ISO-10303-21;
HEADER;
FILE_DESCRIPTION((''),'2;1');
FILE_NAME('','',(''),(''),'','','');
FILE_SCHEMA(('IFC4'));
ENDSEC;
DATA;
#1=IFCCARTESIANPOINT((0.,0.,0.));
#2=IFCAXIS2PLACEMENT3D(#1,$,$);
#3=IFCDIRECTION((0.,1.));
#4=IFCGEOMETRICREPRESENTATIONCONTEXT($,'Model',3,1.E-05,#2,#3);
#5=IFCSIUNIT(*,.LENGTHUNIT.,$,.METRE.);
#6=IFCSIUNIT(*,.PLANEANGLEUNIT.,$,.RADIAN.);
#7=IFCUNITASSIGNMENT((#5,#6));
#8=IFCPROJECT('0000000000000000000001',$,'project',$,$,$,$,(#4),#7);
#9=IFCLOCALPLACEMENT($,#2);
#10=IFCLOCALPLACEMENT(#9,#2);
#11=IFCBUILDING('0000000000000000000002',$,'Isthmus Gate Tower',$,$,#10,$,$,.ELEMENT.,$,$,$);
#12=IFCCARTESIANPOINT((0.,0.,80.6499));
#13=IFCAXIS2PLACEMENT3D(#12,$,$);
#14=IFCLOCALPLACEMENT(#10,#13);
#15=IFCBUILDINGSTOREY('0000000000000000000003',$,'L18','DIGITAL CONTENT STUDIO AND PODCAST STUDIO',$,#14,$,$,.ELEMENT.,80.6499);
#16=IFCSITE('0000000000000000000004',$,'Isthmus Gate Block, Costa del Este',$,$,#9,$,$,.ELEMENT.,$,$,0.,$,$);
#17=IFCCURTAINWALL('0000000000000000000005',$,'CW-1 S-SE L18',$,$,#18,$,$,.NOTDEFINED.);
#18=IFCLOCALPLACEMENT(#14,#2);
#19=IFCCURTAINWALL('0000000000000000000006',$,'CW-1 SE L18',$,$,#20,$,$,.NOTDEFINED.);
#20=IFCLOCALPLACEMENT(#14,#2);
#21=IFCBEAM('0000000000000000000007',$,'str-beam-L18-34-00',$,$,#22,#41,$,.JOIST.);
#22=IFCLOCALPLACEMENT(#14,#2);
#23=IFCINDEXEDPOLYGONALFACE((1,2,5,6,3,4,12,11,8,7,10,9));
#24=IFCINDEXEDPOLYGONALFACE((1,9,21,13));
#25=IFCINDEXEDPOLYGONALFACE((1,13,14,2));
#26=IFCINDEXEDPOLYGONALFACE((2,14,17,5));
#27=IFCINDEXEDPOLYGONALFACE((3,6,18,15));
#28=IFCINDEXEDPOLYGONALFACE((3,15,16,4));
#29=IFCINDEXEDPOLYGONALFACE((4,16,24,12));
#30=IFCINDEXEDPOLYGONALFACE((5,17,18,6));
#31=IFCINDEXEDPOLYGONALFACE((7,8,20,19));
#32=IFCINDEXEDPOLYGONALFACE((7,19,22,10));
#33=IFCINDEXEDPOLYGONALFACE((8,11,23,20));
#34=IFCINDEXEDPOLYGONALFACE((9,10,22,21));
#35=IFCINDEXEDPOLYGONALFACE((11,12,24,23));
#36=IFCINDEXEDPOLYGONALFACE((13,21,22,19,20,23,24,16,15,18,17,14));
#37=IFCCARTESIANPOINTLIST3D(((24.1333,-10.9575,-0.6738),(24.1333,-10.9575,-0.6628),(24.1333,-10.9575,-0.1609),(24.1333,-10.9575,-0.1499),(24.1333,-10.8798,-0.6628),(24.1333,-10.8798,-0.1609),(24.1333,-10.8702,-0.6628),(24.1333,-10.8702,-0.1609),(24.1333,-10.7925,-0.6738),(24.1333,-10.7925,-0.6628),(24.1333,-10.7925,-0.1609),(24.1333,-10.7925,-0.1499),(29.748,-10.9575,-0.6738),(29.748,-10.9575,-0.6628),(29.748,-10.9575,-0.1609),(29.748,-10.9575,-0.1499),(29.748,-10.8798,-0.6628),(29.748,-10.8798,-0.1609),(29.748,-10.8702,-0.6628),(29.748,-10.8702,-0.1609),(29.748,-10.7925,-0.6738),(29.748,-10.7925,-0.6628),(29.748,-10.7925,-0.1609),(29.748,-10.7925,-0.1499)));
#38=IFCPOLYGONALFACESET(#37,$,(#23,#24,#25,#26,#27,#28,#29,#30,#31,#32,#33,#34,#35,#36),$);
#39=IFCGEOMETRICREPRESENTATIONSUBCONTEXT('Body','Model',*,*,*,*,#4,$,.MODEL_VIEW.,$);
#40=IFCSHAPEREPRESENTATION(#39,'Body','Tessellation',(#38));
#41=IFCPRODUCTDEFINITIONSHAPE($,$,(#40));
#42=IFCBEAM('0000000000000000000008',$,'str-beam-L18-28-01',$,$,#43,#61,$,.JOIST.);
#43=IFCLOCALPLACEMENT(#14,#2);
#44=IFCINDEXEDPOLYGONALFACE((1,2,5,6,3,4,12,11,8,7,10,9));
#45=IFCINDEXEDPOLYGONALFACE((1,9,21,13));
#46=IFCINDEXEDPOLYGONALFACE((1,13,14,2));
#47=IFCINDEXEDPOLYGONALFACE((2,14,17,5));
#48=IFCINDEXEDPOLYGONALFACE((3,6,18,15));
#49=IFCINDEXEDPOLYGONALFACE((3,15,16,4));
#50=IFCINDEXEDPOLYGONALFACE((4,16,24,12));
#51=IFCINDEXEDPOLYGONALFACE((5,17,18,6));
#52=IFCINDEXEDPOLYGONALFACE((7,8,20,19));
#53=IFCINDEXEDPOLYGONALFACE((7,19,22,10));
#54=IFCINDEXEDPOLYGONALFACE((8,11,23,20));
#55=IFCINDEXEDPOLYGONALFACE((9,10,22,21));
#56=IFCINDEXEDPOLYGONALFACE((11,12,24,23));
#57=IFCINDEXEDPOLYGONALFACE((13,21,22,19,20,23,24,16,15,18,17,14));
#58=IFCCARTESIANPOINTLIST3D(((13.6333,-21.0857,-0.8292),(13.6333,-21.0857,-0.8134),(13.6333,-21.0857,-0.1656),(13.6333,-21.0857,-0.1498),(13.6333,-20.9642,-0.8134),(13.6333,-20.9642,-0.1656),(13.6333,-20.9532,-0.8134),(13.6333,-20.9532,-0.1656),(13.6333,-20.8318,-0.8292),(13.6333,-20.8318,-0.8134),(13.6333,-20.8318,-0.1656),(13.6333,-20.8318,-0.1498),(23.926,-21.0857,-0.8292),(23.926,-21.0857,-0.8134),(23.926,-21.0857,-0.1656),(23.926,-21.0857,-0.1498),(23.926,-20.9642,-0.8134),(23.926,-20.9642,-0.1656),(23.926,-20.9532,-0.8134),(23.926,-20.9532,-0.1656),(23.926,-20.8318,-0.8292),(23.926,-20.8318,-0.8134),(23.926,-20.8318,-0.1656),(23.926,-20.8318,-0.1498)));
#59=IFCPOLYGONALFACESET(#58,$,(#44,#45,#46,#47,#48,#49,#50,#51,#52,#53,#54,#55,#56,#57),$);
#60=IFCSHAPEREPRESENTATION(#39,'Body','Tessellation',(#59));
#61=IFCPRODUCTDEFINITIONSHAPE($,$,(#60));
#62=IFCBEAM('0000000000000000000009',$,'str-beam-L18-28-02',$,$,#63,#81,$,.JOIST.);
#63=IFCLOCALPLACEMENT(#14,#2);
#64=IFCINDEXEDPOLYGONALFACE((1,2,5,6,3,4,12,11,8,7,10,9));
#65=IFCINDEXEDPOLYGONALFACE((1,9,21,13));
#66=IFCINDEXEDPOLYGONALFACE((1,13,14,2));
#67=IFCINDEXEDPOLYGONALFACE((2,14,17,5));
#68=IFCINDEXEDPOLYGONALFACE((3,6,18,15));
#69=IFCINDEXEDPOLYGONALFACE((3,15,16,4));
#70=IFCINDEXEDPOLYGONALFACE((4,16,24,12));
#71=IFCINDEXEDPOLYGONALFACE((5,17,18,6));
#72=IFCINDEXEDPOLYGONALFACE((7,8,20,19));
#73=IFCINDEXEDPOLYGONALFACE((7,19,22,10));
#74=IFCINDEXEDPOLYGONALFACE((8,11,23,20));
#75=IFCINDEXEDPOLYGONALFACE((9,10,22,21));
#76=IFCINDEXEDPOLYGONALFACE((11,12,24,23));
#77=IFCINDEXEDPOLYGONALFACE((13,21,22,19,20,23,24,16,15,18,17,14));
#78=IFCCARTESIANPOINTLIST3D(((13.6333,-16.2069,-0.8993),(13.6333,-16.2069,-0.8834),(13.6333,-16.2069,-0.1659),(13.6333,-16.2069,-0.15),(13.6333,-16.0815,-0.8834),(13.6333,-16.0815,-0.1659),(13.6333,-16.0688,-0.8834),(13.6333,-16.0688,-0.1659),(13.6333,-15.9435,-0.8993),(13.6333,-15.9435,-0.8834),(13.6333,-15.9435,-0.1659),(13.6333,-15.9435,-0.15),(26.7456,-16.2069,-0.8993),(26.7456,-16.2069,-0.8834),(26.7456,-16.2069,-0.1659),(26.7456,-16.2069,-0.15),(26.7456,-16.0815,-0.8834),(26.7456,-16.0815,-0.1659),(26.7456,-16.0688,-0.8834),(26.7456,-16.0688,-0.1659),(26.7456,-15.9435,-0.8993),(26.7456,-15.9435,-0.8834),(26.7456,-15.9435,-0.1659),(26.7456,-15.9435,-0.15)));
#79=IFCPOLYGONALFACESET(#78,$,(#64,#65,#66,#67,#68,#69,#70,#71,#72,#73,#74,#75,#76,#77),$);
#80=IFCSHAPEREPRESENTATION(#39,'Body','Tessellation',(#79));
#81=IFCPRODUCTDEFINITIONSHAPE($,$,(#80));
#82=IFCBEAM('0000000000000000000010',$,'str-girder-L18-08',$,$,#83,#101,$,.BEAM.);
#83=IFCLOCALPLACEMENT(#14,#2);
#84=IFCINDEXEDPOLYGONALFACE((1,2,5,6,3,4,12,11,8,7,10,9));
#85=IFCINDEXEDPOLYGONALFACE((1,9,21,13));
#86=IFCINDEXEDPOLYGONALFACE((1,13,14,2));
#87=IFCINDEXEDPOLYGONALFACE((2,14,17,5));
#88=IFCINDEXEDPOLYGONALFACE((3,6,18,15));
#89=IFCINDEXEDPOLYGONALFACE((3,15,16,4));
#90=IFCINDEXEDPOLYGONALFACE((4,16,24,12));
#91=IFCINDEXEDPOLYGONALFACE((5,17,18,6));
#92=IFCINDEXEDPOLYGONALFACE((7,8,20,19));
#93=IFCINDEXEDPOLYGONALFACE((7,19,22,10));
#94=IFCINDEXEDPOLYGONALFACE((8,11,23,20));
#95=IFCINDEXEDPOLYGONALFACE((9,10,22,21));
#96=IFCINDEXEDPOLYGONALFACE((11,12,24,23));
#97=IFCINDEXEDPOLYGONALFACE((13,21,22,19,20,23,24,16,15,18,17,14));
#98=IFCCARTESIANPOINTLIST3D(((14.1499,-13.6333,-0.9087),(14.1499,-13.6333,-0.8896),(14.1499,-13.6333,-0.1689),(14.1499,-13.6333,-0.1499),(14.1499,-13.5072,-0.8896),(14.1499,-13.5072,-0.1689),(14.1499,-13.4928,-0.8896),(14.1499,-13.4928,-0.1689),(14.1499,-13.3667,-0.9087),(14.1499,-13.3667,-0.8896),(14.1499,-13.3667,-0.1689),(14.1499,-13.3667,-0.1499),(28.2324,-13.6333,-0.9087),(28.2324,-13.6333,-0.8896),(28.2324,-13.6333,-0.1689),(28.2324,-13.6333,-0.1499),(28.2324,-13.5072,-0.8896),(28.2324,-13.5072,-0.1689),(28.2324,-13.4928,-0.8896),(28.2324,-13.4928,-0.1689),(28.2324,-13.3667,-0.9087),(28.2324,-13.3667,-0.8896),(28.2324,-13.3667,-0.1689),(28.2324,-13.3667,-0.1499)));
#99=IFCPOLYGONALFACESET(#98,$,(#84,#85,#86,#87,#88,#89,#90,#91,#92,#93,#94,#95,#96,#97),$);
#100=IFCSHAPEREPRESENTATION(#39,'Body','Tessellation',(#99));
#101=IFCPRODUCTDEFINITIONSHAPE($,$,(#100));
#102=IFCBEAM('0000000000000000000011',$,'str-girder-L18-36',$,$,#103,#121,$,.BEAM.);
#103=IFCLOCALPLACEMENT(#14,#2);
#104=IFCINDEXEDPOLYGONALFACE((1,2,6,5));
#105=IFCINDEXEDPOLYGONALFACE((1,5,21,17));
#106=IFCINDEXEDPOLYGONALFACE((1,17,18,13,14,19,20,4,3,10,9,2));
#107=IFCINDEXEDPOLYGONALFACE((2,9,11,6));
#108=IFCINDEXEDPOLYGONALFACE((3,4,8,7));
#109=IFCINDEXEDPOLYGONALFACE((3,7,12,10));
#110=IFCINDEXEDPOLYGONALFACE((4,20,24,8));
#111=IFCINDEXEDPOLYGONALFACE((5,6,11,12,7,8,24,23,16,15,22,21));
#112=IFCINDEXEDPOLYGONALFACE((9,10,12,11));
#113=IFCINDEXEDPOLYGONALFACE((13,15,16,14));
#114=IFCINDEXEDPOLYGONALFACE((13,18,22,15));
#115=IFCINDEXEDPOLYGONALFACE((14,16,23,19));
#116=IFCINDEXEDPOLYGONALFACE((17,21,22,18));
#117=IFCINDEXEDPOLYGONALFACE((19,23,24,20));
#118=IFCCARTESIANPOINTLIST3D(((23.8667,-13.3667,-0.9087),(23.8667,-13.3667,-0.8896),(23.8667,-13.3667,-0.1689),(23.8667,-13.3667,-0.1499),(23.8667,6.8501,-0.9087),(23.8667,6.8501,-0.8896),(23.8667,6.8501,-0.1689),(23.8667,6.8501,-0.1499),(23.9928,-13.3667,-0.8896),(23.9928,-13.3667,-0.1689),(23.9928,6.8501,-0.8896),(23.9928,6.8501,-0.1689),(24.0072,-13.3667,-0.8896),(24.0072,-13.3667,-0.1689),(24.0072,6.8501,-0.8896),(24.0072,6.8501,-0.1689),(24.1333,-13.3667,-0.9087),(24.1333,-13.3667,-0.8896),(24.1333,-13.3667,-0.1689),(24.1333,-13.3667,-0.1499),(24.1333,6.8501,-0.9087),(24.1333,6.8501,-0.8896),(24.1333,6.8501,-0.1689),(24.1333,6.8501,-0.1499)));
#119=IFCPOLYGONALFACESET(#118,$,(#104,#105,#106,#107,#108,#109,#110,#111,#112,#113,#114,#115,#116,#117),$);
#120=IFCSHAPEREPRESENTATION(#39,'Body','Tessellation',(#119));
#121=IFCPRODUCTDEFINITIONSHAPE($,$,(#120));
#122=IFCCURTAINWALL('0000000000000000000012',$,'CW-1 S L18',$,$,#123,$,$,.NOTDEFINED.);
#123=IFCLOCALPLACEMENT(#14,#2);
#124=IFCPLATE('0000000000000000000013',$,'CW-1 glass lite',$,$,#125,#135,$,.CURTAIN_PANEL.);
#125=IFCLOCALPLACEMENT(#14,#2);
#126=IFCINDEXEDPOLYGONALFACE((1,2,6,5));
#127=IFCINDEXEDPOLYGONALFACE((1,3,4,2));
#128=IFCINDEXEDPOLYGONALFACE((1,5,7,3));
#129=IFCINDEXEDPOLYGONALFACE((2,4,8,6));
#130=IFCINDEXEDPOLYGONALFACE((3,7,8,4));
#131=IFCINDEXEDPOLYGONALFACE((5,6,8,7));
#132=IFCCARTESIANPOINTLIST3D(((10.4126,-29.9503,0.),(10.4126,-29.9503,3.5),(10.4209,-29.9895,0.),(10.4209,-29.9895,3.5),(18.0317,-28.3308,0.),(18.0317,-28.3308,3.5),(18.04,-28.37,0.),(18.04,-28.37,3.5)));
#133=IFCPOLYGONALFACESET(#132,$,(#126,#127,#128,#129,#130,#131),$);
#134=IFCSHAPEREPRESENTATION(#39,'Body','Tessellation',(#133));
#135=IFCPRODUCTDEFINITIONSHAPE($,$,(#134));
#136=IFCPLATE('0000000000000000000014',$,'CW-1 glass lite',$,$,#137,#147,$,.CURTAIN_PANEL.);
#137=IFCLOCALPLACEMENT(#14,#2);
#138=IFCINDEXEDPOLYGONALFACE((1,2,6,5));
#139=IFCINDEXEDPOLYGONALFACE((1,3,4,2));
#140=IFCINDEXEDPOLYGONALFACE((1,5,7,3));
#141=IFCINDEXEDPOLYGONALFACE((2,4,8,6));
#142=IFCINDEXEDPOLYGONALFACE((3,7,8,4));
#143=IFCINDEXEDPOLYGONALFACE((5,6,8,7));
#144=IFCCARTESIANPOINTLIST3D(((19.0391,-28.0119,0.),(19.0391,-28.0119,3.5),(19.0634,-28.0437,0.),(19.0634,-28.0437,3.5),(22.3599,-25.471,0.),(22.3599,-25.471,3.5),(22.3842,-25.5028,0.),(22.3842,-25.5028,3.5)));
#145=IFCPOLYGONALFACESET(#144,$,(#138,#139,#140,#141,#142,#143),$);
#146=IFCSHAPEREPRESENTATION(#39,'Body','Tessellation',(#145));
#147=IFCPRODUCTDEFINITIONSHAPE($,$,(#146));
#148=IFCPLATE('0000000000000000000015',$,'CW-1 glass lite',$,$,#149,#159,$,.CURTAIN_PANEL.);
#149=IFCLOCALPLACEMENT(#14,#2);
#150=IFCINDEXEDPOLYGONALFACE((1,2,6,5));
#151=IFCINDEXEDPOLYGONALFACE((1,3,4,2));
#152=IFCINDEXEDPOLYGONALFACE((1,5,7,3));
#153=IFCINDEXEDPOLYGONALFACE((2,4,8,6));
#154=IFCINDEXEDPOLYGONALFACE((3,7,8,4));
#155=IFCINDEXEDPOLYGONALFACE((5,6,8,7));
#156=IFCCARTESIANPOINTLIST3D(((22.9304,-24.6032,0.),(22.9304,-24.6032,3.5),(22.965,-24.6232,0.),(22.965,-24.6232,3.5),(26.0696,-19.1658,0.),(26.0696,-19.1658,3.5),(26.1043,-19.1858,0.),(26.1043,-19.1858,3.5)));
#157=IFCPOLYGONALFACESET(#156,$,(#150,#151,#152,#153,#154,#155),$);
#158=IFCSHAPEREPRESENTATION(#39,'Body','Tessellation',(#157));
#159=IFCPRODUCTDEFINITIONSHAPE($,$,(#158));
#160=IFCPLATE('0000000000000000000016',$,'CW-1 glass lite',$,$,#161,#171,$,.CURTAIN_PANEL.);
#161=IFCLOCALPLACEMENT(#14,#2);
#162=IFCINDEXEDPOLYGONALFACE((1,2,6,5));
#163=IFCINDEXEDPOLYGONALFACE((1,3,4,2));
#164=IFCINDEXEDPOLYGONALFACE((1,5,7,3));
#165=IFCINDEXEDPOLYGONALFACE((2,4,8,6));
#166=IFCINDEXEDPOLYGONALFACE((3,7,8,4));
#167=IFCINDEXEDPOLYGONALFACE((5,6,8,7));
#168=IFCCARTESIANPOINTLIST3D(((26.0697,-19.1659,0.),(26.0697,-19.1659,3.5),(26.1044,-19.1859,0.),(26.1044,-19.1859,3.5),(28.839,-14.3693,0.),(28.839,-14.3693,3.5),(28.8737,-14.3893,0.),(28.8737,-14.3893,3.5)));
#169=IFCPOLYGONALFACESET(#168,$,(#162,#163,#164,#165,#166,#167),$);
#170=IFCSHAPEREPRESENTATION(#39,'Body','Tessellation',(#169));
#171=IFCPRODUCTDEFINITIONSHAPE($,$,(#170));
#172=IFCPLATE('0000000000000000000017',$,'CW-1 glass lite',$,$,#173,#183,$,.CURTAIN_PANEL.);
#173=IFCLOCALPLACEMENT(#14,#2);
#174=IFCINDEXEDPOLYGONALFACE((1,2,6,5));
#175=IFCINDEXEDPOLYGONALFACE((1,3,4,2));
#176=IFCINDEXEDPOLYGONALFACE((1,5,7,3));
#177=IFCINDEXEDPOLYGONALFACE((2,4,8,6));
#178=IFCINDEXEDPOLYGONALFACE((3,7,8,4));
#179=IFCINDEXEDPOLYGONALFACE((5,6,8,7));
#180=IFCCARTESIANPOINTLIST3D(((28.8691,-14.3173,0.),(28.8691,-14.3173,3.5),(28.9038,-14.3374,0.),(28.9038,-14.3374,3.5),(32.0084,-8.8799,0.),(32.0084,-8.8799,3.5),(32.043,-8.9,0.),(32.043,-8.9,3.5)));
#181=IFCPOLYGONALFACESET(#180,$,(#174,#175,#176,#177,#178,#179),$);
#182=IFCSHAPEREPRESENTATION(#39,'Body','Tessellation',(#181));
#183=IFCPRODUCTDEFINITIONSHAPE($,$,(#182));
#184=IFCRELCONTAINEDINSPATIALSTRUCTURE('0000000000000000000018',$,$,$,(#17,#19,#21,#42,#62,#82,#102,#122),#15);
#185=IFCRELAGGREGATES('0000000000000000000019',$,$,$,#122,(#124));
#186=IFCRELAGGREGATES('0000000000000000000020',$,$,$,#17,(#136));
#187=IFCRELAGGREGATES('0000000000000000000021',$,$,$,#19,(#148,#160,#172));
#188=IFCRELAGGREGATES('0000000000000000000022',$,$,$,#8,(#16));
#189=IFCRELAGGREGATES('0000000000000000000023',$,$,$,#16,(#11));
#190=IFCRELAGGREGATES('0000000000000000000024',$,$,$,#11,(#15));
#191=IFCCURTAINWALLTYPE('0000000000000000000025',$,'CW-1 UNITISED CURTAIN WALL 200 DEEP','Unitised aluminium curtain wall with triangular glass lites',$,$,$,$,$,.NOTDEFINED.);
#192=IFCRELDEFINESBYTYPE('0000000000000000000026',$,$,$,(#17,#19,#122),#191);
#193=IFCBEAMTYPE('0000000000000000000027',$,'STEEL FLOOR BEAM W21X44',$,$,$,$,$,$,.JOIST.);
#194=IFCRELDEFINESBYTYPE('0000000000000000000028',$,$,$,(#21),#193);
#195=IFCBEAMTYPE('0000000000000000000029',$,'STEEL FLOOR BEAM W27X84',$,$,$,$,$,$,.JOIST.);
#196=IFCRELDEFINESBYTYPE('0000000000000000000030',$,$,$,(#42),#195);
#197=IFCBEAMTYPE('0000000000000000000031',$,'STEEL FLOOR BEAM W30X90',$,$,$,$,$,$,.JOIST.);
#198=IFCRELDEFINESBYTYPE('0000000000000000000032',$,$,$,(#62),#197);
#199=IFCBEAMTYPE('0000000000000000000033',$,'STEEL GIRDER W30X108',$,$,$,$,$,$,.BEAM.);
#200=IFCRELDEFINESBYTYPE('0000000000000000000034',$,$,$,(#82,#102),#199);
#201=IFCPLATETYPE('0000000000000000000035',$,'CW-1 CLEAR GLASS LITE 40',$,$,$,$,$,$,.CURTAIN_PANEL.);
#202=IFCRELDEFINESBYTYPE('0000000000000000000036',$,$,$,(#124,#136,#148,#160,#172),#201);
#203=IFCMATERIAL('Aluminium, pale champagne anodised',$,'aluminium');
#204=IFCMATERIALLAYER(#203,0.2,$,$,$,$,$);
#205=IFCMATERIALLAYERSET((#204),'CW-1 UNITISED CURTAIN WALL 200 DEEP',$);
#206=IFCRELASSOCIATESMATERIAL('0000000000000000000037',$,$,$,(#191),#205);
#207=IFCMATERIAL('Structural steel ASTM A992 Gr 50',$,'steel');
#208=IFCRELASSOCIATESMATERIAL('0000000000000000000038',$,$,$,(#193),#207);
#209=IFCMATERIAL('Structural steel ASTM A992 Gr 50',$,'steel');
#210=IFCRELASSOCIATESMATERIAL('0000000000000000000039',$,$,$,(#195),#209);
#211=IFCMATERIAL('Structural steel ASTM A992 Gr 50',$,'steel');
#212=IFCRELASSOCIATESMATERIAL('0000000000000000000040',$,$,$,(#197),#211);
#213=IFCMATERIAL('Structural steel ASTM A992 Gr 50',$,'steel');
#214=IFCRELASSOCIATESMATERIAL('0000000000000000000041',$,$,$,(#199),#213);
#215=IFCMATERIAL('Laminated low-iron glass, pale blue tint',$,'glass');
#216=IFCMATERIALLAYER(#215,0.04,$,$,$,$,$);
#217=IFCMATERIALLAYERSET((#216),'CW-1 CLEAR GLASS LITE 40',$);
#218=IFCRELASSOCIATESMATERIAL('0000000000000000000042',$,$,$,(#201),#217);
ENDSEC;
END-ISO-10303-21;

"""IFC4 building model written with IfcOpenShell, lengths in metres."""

from ifc_helpers import new_model, si_unit, direction, frame, origin, origin_2d, place, context, subcontext, project, spatial, rectangle, i_section, extrude, material, layer, layer_set, material_profile, profile_set, type_object, element, aggregate, save


model = new_model("IFC4")

# Units and contexts
model_context = context("Model", 3, precision=1e-05, world=origin(), true_north=direction((0.0, 1.0)))
body_context = subcontext(model_context, "Body", "Model", "MODEL_VIEW")
ifc_project = project(units=[si_unit("LENGTHUNIT", "METRE"), si_unit("PLANEANGLEUNIT", "RADIAN")], contexts=[model_context])

# Site, building, storey
site_placement = place(None, origin())
site = spatial("IfcSite", under=ifc_project, at=site_placement, Name="Isthmus Gate Block, Costa del Este", CompositionType="ELEMENT", RefElevation=0.0)
building_placement = place(site_placement, origin())
building = spatial("IfcBuilding", under=site, at=building_placement, Name="Isthmus Gate Tower", CompositionType="ELEMENT")
storey_placement = place(building_placement, frame((0.0, 0.0, 80.6499)))
storey = spatial("IfcBuildingStorey", under=building, at=storey_placement, Name="L18", Description="DIGITAL CONTENT STUDIO AND PODCAST STUDIO", CompositionType="ELEMENT", Elevation=80.6499)

# Curtain wall
ifc_material_1 = material(Name="Aluminium, pale champagne anodised", Category="aluminium")
ifc_layer_1 = layer(ifc_material_1, 0.2)
ifc_layer_set_1 = layer_set([ifc_layer_1], Name="CW-1 UNITISED CURTAIN WALL 200 DEEP")
curtain_wall_type = type_object("IfcCurtainWallType", Name="CW-1 UNITISED CURTAIN WALL 200 DEEP", Description="Unitised aluminium curtain wall with triangular glass lites", PredefinedType="NOTDEFINED", material=ifc_layer_set_1)
curtain_wall_1_placement = place(storey_placement, origin())
curtain_wall_1 = element("IfcCurtainWall", 1, at=curtain_wall_1_placement, inside=storey, type_object=curtain_wall_type, Name="CW-1 S-SE L18", PredefinedType="NOTDEFINED")

# Curtain wall
curtain_wall_2_placement = place(storey_placement, origin())
curtain_wall_2 = element("IfcCurtainWall", 2, at=curtain_wall_2_placement, inside=storey, type_object=curtain_wall_type, Name="CW-1 SE L18", PredefinedType="NOTDEFINED")

# Beams
ifc_material_2 = material(Name="Structural steel ASTM A992 Gr 50", Category="steel")
ifc_material_profile_1 = material_profile(ifc_material_2, i_section(OverallWidth=0.165, OverallDepth=0.5239, WebThickness=0.0095, FlangeThickness=0.011, at=origin_2d()), Name="W21X44")
ifc_profile_set_1 = profile_set([ifc_material_profile_1], Name="Structural steel ASTM A992 Gr 50")
beam_type_1 = type_object("IfcBeamType", Name="STEEL FLOOR BEAM W21X44", PredefinedType="JOIST", material=ifc_profile_set_1)
beam_1_placement = place(storey_placement, frame((24.1333, -10.875, -0.4119), z_axis=(1.0, 0.0, 0.0), x_axis=(0.0, 1.0, 0.0)))
element("IfcBeam", 3, at=beam_1_placement, inside=storey, type_object=beam_type_1, Name="str-beam-L18-34-00", PredefinedType="JOIST", context=body_context, shape_type="SweptSolid", body=[
    extrude(i_section(OverallWidth=0.165, OverallDepth=0.5239, WebThickness=0.0095, FlangeThickness=0.011, at=origin_2d()), origin(), (0.0, 0.0, 1.0), 5.6147),
])
ifc_material_3 = material(Name="Structural steel ASTM A992 Gr 50", Category="steel")
ifc_material_profile_2 = material_profile(ifc_material_3, i_section(OverallWidth=0.2539, OverallDepth=0.6794, WebThickness=0.011, FlangeThickness=0.0159, at=origin_2d()), Name="W27X84")
ifc_profile_set_2 = profile_set([ifc_material_profile_2], Name="Structural steel ASTM A992 Gr 50")
beam_type_2 = type_object("IfcBeamType", Name="STEEL FLOOR BEAM W27X84", PredefinedType="JOIST", material=ifc_profile_set_2)
beam_2_placement = place(storey_placement, frame((13.6333, -20.9587, -0.4895), z_axis=(1.0, 0.0, 0.0), x_axis=(0.0, 1.0, 0.0)))
element("IfcBeam", 4, at=beam_2_placement, inside=storey, type_object=beam_type_2, Name="str-beam-L18-28-01", PredefinedType="JOIST", context=body_context, shape_type="SweptSolid", body=[
    extrude(i_section(OverallWidth=0.2539, OverallDepth=0.6794, WebThickness=0.011, FlangeThickness=0.0159, at=origin_2d()), origin(), (0.0, 0.0, 1.0), 10.2927),
])
ifc_material_4 = material(Name="Structural steel ASTM A992 Gr 50", Category="steel")
ifc_material_profile_3 = material_profile(ifc_material_4, i_section(OverallWidth=0.2634, OverallDepth=0.7493, WebThickness=0.0127, FlangeThickness=0.0159, at=origin_2d()), Name="W30X90")
ifc_profile_set_3 = profile_set([ifc_material_profile_3], Name="Structural steel ASTM A992 Gr 50")
beam_type_3 = type_object("IfcBeamType", Name="STEEL FLOOR BEAM W30X90", PredefinedType="JOIST", material=ifc_profile_set_3)
beam_3_placement = place(storey_placement, frame((13.6333, -16.0752, -0.5247), z_axis=(1.0, 0.0, 0.0), x_axis=(0.0, 1.0, 0.0)))
element("IfcBeam", 5, at=beam_3_placement, inside=storey, type_object=beam_type_3, Name="str-beam-L18-28-02", PredefinedType="JOIST", context=body_context, shape_type="SweptSolid", body=[
    extrude(i_section(OverallWidth=0.2634, OverallDepth=0.7493, WebThickness=0.0127, FlangeThickness=0.0159, at=origin_2d()), origin(), (0.0, 0.0, 1.0), 13.1123),
])
ifc_material_5 = material(Name="Structural steel ASTM A992 Gr 50", Category="steel")
ifc_material_profile_4 = material_profile(ifc_material_5, i_section(OverallWidth=0.2666, OverallDepth=0.7588, WebThickness=0.0144, FlangeThickness=0.019, at=origin_2d()), Name="W30X108")
ifc_profile_set_4 = profile_set([ifc_material_profile_4], Name="Structural steel ASTM A992 Gr 50")
beam_type_4 = type_object("IfcBeamType", Name="STEEL GIRDER W30X108", PredefinedType="BEAM", material=ifc_profile_set_4)
beam_4_placement = place(storey_placement, frame((14.1499, -13.5, -0.5293), z_axis=(1.0, 0.0, 0.0), x_axis=(0.0, 1.0, 0.0)))
element("IfcBeam", 6, at=beam_4_placement, inside=storey, type_object=beam_type_4, Name="str-girder-L18-08", PredefinedType="BEAM", context=body_context, shape_type="SweptSolid", body=[
    extrude(i_section(OverallWidth=0.2666, OverallDepth=0.7588, WebThickness=0.0144, FlangeThickness=0.019, at=origin_2d()), origin(), (0.0, 0.0, 1.0), 14.0825),
])
beam_5_placement = place(storey_placement, frame((24.0, -13.3667, -0.5293), z_axis=(0.0, 1.0, 0.0), x_axis=(-1.0, 0.0, 0.0)))
element("IfcBeam", 7, at=beam_5_placement, inside=storey, type_object=beam_type_4, Name="str-girder-L18-36", PredefinedType="BEAM", context=body_context, shape_type="SweptSolid", body=[
    extrude(i_section(OverallWidth=0.2666, OverallDepth=0.7588, WebThickness=0.0144, FlangeThickness=0.019, at=origin_2d()), origin(), (0.0, 0.0, 1.0), 20.2168),
])

# Curtain wall, plate
curtain_wall_3_placement = place(storey_placement, origin())
curtain_wall_3 = element("IfcCurtainWall", 8, at=curtain_wall_3_placement, inside=storey, type_object=curtain_wall_type, Name="CW-1 S L18", PredefinedType="NOTDEFINED")
ifc_material_6 = material(Name="Laminated low-iron glass, pale blue tint", Category="glass")
ifc_layer_2 = layer(ifc_material_6, 0.04)
ifc_layer_set_2 = layer_set([ifc_layer_2], Name="CW-1 CLEAR GLASS LITE 40")
plate_type = type_object("IfcPlateType", Name="CW-1 CLEAR GLASS LITE 40", PredefinedType="CURTAIN_PANEL", material=ifc_layer_set_2)
plate_1_placement = place(storey_placement, frame((14.2263, -29.1602, 0.0), z_axis=(0.0, 0.0, 1.0), x_axis=(0.978148, 0.207912, 0.0)))
plate_1 = element("IfcPlate", 9, at=plate_1_placement, type_object=plate_type, Name="CW-1 glass lite", PredefinedType="CURTAIN_PANEL", context=body_context, shape_type="SweptSolid", body=[
    extrude(rectangle(XDim=7.7893, YDim=0.04, at=origin_2d()), origin(), (0.0, 0.0, 1.0), 3.5),
])
aggregate(curtain_wall_3, [plate_1])

# Plates
plate_2_placement = place(storey_placement, frame((20.7117, -26.7573, 0.0), z_axis=(0.0, 0.0, 1.0), x_axis=(0.794189, 0.607671, 0.0)))
plate_2 = element("IfcPlate", 10, at=plate_2_placement, type_object=plate_type, Name="CW-1 glass lite", PredefinedType="CURTAIN_PANEL", context=body_context, shape_type="SweptSolid", body=[
    extrude(rectangle(XDim=4.1814, YDim=0.04, at=origin_2d()), origin(), (0.0, 0.0, 1.0), 3.5),
])
aggregate(curtain_wall_1, [plate_2])
plate_3_placement = place(storey_placement, frame((24.5173, -21.8945, 0.0), z_axis=(0.0, 0.0, 1.0), x_axis=(0.5, 0.866025, 0.0)))
plate_3 = element("IfcPlate", 11, at=plate_3_placement, type_object=plate_type, Name="CW-1 glass lite", PredefinedType="CURTAIN_PANEL", context=body_context, shape_type="SweptSolid", body=[
    extrude(rectangle(XDim=6.2786, YDim=0.04, at=origin_2d()), origin(), (0.0, 0.0, 1.0), 3.5),
])
plate_4_placement = place(storey_placement, frame((27.4717, -16.7776, 0.0), z_axis=(0.0, 0.0, 1.0), x_axis=(0.5, 0.866025, 0.0)))
plate_4 = element("IfcPlate", 12, at=plate_4_placement, type_object=plate_type, Name="CW-1 glass lite", PredefinedType="CURTAIN_PANEL", context=body_context, shape_type="SweptSolid", body=[
    extrude(rectangle(XDim=5.5386, YDim=0.04, at=origin_2d()), origin(), (0.0, 0.0, 1.0), 3.5),
])
plate_5_placement = place(storey_placement, frame((30.4561, -11.6086, 0.0), z_axis=(0.0, 0.0, 1.0), x_axis=(0.5, 0.866025, 0.0)))
plate_5 = element("IfcPlate", 13, at=plate_5_placement, type_object=plate_type, Name="CW-1 glass lite", PredefinedType="CURTAIN_PANEL", context=body_context, shape_type="SweptSolid", body=[
    extrude(rectangle(XDim=6.2786, YDim=0.04, at=origin_2d()), origin(), (0.0, 0.0, 1.0), 3.5),
])
aggregate(curtain_wall_2, [plate_3, plate_4, plate_5])

save(model, "model.ifc")
